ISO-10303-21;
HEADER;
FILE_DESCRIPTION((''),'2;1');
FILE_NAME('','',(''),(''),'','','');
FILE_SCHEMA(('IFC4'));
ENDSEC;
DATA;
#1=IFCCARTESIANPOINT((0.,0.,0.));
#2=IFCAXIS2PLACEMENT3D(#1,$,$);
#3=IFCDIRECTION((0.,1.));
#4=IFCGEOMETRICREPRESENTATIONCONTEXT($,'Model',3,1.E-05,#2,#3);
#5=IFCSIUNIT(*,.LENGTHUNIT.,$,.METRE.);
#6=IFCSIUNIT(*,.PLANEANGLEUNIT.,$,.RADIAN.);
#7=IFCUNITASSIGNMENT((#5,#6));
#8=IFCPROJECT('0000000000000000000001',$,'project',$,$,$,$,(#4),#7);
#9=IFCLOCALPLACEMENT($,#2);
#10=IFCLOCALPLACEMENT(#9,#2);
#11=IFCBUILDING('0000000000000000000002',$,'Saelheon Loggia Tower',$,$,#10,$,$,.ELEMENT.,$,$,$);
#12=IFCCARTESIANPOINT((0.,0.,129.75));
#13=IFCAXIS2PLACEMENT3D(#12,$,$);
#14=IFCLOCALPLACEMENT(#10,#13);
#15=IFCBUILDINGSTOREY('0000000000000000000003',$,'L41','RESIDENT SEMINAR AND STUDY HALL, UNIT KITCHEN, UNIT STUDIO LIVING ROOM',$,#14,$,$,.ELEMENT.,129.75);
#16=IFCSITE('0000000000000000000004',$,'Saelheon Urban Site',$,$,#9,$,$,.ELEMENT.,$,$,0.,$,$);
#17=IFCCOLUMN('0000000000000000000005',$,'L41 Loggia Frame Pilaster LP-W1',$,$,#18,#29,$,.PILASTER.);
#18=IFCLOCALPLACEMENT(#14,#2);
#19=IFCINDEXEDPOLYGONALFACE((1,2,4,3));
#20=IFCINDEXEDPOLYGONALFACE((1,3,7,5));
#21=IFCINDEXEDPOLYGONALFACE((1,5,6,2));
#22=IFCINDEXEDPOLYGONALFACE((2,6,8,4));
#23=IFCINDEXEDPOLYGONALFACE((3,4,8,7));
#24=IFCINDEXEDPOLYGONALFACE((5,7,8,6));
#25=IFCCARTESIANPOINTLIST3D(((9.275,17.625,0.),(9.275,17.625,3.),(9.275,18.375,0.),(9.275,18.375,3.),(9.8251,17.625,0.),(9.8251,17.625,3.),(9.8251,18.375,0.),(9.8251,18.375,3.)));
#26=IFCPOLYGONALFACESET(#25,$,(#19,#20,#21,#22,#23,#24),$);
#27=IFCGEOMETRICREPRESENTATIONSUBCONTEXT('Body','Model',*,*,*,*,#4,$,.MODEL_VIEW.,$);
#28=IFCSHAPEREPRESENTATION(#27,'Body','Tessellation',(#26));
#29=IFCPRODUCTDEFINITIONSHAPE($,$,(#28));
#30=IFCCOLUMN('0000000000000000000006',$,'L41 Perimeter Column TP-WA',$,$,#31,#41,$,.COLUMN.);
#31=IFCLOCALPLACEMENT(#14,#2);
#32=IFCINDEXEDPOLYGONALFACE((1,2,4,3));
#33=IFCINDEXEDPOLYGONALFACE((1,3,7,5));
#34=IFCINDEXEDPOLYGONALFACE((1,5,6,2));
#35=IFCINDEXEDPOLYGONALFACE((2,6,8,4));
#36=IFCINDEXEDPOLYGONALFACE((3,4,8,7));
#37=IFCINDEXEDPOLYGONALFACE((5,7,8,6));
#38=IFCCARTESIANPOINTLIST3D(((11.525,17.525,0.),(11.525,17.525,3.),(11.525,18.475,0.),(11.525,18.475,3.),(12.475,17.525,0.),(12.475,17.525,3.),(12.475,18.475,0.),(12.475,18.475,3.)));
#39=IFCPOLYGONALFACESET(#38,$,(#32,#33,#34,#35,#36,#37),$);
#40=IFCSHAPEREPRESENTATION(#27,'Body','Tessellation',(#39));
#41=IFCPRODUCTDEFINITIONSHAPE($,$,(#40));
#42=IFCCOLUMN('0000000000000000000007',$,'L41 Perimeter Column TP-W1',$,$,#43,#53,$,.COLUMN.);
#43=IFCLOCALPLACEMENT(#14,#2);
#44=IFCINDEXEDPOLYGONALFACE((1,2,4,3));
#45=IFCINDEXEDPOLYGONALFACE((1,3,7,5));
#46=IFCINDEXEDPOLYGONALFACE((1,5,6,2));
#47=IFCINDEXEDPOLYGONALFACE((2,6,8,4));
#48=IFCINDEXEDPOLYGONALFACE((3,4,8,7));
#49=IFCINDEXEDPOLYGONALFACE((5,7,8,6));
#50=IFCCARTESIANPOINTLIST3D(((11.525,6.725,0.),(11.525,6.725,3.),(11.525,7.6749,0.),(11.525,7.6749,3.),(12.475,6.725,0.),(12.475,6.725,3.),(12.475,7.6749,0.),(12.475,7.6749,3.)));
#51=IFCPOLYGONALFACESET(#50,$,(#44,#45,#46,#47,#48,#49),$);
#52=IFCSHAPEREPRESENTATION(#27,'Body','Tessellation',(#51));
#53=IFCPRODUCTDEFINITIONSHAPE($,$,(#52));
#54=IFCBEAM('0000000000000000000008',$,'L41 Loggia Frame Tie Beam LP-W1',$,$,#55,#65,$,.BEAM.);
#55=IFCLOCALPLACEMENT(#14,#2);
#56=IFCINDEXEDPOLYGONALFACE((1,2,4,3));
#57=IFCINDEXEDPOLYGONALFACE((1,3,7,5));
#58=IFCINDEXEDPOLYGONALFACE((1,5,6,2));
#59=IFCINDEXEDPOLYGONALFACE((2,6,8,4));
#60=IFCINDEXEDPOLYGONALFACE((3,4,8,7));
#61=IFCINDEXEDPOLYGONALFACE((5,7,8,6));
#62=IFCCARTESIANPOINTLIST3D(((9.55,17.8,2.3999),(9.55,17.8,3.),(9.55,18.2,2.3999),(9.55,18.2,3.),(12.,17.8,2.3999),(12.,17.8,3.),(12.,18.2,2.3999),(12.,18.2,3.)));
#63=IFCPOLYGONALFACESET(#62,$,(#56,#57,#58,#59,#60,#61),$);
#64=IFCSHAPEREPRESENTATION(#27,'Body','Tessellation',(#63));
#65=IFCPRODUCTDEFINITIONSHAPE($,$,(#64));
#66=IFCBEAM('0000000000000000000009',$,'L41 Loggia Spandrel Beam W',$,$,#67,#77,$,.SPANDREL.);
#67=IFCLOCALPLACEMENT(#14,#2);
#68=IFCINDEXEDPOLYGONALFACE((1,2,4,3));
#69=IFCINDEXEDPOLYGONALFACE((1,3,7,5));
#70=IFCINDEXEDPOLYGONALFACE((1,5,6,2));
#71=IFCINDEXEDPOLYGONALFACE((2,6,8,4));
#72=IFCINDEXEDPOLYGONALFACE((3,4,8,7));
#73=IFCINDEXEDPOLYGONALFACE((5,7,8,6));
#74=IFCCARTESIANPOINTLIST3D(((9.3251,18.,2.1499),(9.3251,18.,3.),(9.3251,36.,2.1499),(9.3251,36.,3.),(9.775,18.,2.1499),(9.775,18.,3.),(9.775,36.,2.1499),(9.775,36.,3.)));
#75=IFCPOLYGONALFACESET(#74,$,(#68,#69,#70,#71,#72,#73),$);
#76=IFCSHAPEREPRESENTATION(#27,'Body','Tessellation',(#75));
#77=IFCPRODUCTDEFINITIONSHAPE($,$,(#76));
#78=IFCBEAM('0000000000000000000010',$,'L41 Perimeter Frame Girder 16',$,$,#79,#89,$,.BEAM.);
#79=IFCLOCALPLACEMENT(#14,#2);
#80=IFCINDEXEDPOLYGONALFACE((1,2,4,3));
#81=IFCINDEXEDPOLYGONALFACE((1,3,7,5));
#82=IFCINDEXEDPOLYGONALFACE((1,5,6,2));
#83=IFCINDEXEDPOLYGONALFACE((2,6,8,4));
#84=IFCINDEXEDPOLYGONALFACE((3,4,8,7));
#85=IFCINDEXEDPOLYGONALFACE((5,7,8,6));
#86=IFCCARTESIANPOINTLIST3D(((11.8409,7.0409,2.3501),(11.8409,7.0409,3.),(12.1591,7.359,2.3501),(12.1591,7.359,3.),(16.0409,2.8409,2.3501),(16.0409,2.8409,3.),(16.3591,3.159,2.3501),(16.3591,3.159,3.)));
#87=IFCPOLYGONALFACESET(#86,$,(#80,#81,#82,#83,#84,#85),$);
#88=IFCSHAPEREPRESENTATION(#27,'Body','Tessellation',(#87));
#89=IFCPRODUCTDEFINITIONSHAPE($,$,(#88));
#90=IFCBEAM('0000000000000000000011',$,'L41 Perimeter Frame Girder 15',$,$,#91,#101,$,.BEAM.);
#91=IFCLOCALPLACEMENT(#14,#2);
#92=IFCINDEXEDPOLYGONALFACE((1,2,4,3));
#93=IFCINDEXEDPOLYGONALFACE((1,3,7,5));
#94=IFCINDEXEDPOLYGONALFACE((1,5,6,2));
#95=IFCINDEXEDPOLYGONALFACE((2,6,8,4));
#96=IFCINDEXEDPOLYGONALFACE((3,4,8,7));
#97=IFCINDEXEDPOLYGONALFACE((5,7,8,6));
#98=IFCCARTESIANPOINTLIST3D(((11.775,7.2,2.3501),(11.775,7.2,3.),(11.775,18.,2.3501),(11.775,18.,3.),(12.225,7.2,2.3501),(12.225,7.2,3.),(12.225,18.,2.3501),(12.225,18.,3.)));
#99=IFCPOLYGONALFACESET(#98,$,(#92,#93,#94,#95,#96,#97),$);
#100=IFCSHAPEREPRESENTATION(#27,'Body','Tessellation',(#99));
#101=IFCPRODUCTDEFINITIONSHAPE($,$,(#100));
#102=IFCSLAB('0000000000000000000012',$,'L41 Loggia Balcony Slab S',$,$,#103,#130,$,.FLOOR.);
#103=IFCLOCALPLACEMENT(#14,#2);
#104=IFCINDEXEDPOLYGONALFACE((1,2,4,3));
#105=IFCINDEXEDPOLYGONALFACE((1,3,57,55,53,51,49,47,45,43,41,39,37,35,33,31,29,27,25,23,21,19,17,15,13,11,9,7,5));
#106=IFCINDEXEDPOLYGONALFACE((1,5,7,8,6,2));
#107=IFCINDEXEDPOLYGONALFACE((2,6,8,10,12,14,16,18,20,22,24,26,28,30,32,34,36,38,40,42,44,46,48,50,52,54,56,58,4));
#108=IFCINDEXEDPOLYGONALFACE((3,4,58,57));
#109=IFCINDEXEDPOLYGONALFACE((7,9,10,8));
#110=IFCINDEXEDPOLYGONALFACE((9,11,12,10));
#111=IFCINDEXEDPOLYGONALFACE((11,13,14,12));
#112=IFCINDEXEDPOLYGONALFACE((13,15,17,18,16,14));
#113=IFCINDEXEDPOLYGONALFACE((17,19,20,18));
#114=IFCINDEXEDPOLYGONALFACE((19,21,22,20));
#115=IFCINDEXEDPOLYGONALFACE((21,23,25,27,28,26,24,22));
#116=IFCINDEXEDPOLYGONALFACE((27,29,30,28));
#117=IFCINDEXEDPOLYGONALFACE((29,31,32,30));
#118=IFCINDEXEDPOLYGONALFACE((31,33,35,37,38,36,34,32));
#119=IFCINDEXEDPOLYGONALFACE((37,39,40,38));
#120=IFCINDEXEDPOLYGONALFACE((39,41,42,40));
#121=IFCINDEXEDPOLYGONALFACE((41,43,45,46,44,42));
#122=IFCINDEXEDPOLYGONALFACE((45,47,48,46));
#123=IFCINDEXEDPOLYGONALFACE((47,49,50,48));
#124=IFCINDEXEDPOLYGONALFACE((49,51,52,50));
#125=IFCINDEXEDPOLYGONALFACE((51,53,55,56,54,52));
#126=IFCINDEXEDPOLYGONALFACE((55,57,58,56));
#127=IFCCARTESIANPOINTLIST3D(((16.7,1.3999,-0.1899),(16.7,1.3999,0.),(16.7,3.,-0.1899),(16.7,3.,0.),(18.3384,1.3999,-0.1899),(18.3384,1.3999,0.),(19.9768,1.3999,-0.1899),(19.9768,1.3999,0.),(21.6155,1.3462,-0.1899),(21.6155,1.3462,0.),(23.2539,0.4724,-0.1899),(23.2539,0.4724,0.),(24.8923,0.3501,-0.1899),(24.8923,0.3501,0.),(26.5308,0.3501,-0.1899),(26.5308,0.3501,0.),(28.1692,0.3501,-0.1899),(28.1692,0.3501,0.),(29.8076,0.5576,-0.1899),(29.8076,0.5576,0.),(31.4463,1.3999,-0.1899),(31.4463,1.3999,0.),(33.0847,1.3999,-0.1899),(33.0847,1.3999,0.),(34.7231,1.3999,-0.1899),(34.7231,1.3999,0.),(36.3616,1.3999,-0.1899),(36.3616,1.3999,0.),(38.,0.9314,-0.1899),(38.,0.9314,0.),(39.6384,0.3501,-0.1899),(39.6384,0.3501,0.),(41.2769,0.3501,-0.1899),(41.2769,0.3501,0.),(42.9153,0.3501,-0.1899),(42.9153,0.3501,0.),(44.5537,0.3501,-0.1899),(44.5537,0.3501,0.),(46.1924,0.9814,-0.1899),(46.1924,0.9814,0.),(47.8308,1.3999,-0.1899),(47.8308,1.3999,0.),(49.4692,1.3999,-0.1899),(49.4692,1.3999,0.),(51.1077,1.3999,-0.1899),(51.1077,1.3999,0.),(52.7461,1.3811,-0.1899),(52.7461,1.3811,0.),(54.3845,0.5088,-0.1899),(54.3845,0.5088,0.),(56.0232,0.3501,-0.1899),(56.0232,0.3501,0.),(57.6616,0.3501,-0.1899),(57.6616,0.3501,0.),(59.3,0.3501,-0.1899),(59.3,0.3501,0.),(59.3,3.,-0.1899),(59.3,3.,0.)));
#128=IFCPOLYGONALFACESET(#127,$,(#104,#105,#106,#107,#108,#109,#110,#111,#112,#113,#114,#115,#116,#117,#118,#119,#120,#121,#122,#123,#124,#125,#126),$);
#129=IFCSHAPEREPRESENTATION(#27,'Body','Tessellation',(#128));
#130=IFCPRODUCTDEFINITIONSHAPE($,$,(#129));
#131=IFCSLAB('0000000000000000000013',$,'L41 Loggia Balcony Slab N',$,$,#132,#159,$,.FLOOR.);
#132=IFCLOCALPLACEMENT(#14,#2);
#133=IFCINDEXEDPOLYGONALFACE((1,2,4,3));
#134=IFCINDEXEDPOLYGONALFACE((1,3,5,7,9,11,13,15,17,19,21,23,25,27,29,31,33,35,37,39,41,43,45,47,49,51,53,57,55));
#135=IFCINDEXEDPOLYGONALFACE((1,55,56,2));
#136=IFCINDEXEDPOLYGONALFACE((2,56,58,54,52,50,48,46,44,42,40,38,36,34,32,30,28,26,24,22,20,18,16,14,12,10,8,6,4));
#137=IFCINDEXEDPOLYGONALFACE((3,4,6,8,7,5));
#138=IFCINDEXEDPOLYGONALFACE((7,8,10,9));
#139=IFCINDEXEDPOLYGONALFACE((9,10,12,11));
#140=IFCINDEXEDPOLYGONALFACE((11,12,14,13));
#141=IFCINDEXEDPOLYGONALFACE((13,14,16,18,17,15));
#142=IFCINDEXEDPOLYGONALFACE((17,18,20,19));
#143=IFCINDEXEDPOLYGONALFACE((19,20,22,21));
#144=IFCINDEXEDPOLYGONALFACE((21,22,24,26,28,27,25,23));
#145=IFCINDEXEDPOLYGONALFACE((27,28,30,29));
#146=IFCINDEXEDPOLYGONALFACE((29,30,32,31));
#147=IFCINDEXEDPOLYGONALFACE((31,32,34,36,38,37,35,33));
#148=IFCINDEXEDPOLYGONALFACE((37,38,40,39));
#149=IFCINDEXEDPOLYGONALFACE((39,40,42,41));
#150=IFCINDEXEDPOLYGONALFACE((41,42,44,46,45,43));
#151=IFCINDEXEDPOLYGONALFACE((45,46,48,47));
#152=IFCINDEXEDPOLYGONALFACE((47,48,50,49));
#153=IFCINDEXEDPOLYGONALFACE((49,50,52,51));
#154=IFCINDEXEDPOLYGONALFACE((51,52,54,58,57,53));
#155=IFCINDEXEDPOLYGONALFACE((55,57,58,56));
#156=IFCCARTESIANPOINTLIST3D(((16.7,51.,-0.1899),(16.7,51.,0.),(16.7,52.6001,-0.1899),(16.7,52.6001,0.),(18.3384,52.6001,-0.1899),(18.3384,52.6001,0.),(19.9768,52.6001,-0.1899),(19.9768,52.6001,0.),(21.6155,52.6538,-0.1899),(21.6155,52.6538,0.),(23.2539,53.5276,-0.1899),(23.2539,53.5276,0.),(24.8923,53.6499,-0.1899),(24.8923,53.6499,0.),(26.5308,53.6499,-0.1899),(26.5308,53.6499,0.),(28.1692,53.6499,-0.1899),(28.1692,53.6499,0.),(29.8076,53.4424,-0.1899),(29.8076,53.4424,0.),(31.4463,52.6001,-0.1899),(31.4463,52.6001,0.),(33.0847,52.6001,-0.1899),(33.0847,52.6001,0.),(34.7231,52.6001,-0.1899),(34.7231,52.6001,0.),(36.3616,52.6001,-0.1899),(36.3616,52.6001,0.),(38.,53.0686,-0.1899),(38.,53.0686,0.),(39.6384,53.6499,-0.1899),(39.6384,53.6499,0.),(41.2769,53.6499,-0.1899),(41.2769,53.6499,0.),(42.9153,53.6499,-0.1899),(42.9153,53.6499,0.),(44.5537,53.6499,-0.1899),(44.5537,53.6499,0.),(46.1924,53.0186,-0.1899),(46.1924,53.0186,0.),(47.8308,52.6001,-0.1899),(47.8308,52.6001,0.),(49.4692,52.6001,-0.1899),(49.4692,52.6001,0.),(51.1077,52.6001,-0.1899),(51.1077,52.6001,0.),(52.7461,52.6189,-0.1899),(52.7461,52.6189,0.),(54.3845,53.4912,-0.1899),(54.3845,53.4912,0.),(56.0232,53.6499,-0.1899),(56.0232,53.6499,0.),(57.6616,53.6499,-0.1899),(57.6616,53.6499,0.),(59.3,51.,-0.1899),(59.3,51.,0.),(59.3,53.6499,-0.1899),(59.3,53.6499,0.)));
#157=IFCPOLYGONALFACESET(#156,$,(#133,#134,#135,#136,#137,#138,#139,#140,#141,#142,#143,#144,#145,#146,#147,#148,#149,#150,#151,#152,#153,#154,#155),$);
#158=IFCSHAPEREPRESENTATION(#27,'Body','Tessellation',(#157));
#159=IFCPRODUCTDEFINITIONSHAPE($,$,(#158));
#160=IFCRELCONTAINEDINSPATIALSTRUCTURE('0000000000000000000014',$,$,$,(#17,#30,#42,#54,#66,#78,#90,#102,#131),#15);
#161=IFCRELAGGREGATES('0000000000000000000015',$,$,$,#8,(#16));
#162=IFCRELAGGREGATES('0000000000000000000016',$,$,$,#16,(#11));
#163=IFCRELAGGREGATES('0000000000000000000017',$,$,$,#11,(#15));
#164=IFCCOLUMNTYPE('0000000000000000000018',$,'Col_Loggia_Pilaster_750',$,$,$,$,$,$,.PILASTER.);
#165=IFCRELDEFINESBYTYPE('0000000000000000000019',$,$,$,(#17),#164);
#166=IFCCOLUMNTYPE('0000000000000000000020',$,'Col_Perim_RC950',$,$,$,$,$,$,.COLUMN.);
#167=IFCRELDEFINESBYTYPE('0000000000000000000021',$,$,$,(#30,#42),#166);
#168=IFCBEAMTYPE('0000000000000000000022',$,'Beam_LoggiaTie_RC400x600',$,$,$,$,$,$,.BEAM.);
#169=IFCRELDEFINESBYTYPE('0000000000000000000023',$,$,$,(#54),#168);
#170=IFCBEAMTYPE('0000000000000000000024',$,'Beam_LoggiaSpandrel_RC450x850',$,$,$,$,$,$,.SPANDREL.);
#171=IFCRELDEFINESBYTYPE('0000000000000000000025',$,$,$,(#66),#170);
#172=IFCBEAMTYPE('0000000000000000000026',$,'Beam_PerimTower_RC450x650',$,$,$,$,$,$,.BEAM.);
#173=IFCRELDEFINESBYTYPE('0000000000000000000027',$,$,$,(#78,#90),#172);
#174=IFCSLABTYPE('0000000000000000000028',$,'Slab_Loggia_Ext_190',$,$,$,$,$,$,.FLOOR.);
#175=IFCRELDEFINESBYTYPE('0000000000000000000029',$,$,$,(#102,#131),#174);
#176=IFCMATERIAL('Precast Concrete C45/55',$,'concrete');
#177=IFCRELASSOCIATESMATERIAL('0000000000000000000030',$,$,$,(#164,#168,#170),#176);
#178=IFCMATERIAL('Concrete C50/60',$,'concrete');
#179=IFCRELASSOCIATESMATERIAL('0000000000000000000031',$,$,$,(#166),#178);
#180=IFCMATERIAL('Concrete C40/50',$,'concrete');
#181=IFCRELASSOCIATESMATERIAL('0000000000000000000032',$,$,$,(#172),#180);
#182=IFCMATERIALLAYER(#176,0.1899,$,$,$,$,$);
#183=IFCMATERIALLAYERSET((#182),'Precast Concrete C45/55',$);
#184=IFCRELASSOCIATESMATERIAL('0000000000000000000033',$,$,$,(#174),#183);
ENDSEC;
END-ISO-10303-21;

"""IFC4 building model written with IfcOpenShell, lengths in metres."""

from ifc_helpers import new_model, si_unit, direction, frame, origin, origin_2d, place, context, subcontext, project, spatial, polyline, rectangle, outline, extrude, source, transform, mapped, material, layer, layer_set, material_profile, profile_set, type_object, element, save


model = new_model("IFC4")

# Units and contexts
model_context = context("Model", 3, precision=1e-05, world=origin(), true_north=direction((0.0, 1.0)))
body_context = subcontext(model_context, "Body", "Model", "MODEL_VIEW")
ifc_project = project(units=[si_unit("LENGTHUNIT", "METRE"), si_unit("PLANEANGLEUNIT", "RADIAN")], contexts=[model_context])

# Site, building, storey
site_placement = place(None, origin())
site = spatial("IfcSite", under=ifc_project, at=site_placement, Name="Saelheon Urban Site", CompositionType="ELEMENT", RefElevation=0.0)
building_placement = place(site_placement, origin())
building = spatial("IfcBuilding", under=site, at=building_placement, Name="Saelheon Loggia Tower", CompositionType="ELEMENT")
storey_placement = place(building_placement, frame((0.0, 0.0, 129.75)))
storey = spatial("IfcBuildingStorey", under=building, at=storey_placement, Name="L41", Description="RESIDENT SEMINAR AND STUDY HALL, UNIT KITCHEN, UNIT STUDIO LIVING ROOM", CompositionType="ELEMENT", Elevation=129.75)

# Columns
ifc_material_1 = material(Name="Precast Concrete C45/55", Category="concrete")
ifc_material_profile_1 = material_profile(ifc_material_1, rectangle(XDim=0.55, YDim=0.75, at=origin_2d()), Name="RC-550x750")
ifc_profile_set_1 = profile_set([ifc_material_profile_1], Name="Precast Concrete C45/55")
column_type_1 = type_object("IfcColumnType", Name="Col_Loggia_Pilaster_750", PredefinedType="PILASTER", material=ifc_profile_set_1)
shared_shape_1 = source(origin(), body_context, "Body", "SweptSolid", [
    extrude(rectangle(XDim=0.55, YDim=0.75, at=origin_2d()), origin(), (0.0, 0.0, 1.0), 3.0),
])
column_placement = place(storey_placement, frame((9.55, 18.0, 0.0), z_axis=(0.0, 0.0, 1.0), x_axis=(1.0, 0.0, 0.0)))
element("IfcColumn", 1, at=column_placement, inside=storey, type_object=column_type_1, Name="L41 Loggia Frame Pilaster LP-W1", PredefinedType="PILASTER", context=body_context, shape_type="MappedRepresentation", body=[
    mapped(shared_shape_1, transform((0.0, 0.0, 0.0), scale=1.0)),
])
ifc_material_2 = material(Name="Concrete C50/60", Category="concrete")
ifc_material_profile_2 = material_profile(ifc_material_2, rectangle(XDim=0.95, YDim=0.95, at=origin_2d()), Name="RC-950x950")
ifc_profile_set_2 = profile_set([ifc_material_profile_2], Name="Concrete C50/60")
column_type_2 = type_object("IfcColumnType", Name="Col_Perim_RC950", PredefinedType="COLUMN", material=ifc_profile_set_2)
shared_shape_2 = source(origin(), body_context, "Body", "SweptSolid", [
    extrude(rectangle(XDim=0.95, YDim=0.95, at=origin_2d()), origin(), (0.0, 0.0, 1.0), 3.0),
])
for number, where, z_axis, x_axis, name in (
    (2, (12.0, 18.0, 0.0), (0.0, 0.0, 1.0), (1.0, 0.0, 0.0), "L41 Perimeter Column TP-WA"),
    (3, (12.0, 7.2, 0.0), (0.0, 0.0, 1.0), (1.0, 0.0, 0.0), "L41 Perimeter Column TP-W1"),
):
    element("IfcColumn", number, at=place(storey_placement, frame(where, z_axis=z_axis, x_axis=x_axis)), inside=storey, type_object=column_type_2, Name=name, PredefinedType="COLUMN", context=body_context, shape_type="MappedRepresentation", body=[
        mapped(shared_shape_2, transform((0.0, 0.0, 0.0), scale=1.0)),
    ])

# Beams
ifc_material_profile_3 = material_profile(ifc_material_1, rectangle(XDim=0.3999, YDim=0.6001, at=origin_2d()), Name="RC-400x600")
ifc_profile_set_3 = profile_set([ifc_material_profile_3], Name="Precast Concrete C45/55")
beam_type_1 = type_object("IfcBeamType", Name="Beam_LoggiaTie_RC400x600", PredefinedType="BEAM", material=ifc_profile_set_3)
shared_shape_3 = source(origin(), body_context, "Body", "SweptSolid", [
    extrude(rectangle(XDim=0.3999, YDim=0.6001, at=origin_2d()), origin(), (0.0, 0.0, 1.0), 2.45),
])
beam_1_placement = place(storey_placement, frame((12.0, 18.0, 2.7), z_axis=(-1.0, 0.0, 0.0), x_axis=(0.0, -1.0, 0.0)))
element("IfcBeam", 4, at=beam_1_placement, inside=storey, type_object=beam_type_1, Name="L41 Loggia Frame Tie Beam LP-W1", PredefinedType="BEAM", context=body_context, shape_type="MappedRepresentation", body=[
    mapped(shared_shape_3, transform((0.0, 0.0, 0.0), scale=1.0)),
])
ifc_material_profile_4 = material_profile(ifc_material_1, rectangle(XDim=0.45, YDim=0.8501, at=origin_2d()), Name="RC-450x850")
ifc_profile_set_4 = profile_set([ifc_material_profile_4], Name="Precast Concrete C45/55")
beam_type_2 = type_object("IfcBeamType", Name="Beam_LoggiaSpandrel_RC450x850", PredefinedType="SPANDREL", material=ifc_profile_set_4)
shared_shape_4 = source(origin(), body_context, "Body", "SweptSolid", [
    extrude(rectangle(XDim=0.45, YDim=0.8501, at=origin_2d()), origin(), (0.0, 0.0, 1.0), 18.0),
])
beam_2_placement = place(storey_placement, frame((9.55, 18.0, 2.575), z_axis=(0.0, 1.0, 0.0), x_axis=(-1.0, 0.0, 0.0)))
element("IfcBeam", 5, at=beam_2_placement, inside=storey, type_object=beam_type_2, Name="L41 Loggia Spandrel Beam W", PredefinedType="SPANDREL", context=body_context, shape_type="MappedRepresentation", body=[
    mapped(shared_shape_4, transform((0.0, 0.0, 0.0), scale=1.0)),
])
ifc_material_3 = material(Name="Concrete C40/50", Category="concrete")
ifc_material_profile_5 = material_profile(ifc_material_3, rectangle(XDim=0.45, YDim=0.6499, at=origin_2d()), Name="RC-450x650")
ifc_profile_set_5 = profile_set([ifc_material_profile_5], Name="Concrete C40/50")
beam_type_3 = type_object("IfcBeamType", Name="Beam_PerimTower_RC450x650", PredefinedType="BEAM", material=ifc_profile_set_5)
shared_shape_5 = source(origin(), body_context, "Body", "SweptSolid", [
    extrude(rectangle(XDim=0.45, YDim=0.6499, at=origin_2d()), origin(), (0.0, 0.0, 1.0), 5.9397),
])
beam_3_placement = place(storey_placement, frame((12.0, 7.2, 2.675), z_axis=(0.707107, -0.707107, 0.0), x_axis=(0.707107, 0.707107, 0.0)))
element("IfcBeam", 6, at=beam_3_placement, inside=storey, type_object=beam_type_3, Name="L41 Perimeter Frame Girder 16", PredefinedType="BEAM", context=body_context, shape_type="MappedRepresentation", body=[
    mapped(shared_shape_5, transform((0.0, 0.0, 0.0), scale=1.0)),
])
shared_shape_6 = source(origin(), body_context, "Body", "SweptSolid", [
    extrude(rectangle(XDim=0.45, YDim=0.6499, at=origin_2d()), origin(), (0.0, 0.0, 1.0), 10.8),
])
beam_4_placement = place(storey_placement, frame((12.0, 18.0, 2.675), z_axis=(0.0, -1.0, 0.0), x_axis=(1.0, 0.0, 0.0)))
element("IfcBeam", 7, at=beam_4_placement, inside=storey, type_object=beam_type_3, Name="L41 Perimeter Frame Girder 15", PredefinedType="BEAM", context=body_context, shape_type="MappedRepresentation", body=[
    mapped(shared_shape_6, transform((0.0, 0.0, 0.0), scale=1.0)),
])

# Slabs
ifc_layer_1 = layer(ifc_material_1, 0.1899)
ifc_layer_set_1 = layer_set([ifc_layer_1], Name="Precast Concrete C45/55")
slab_type_1 = type_object("IfcSlabType", Name="Slab_Loggia_Ext_190", PredefinedType="FLOOR", material=ifc_layer_set_1)
slab_1_placement = place(storey_placement, frame((0.0, 0.0, -0.1899)))
element("IfcSlab", 8, at=slab_1_placement, inside=storey, type_object=slab_type_1, Name="L41 Loggia Balcony Slab S", PredefinedType="FLOOR", context=body_context, shape_type="SweptSolid", body=[
    extrude(outline(polyline([(16.7, 1.3999), (18.3384, 1.3999), (19.9768, 1.3999), (21.6155, 1.3462), (23.2539, 0.4724), (24.8923, 0.3501), (26.5308, 0.3501), (28.1692, 0.3501), (29.8076, 0.5576), (31.4463, 1.3999), (33.0847, 1.3999), (34.7231, 1.3999), (36.3616, 1.3999), (38.0, 0.9314), (39.6384, 0.3501), (41.2769, 0.3501), (42.9153, 0.3501), (44.5537, 0.3501), (46.1924, 0.9814), (47.8308, 1.3999), (49.4692, 1.3999), (51.1077, 1.3999), (52.7461, 1.3811), (54.3845, 0.5088), (56.0232, 0.3501), (57.6616, 0.3501), (59.3, 0.3501), (59.3, 3.0), (16.7, 3.0), (16.7, 1.3999)])), origin(), (0.0, 0.0, 1.0), 0.1899),
])
slab_2_placement = place(storey_placement, frame((0.0, 0.0, -0.1899)))
element("IfcSlab", 9, at=slab_2_placement, inside=storey, type_object=slab_type_1, Name="L41 Loggia Balcony Slab N", PredefinedType="FLOOR", context=body_context, shape_type="SweptSolid", body=[
    extrude(outline(polyline([(16.7, 51.0), (59.3, 51.0), (59.3, 53.6499), (57.6616, 53.6499), (56.0232, 53.6499), (54.3845, 53.4912), (52.7461, 52.6189), (51.1077, 52.6001), (49.4692, 52.6001), (47.8308, 52.6001), (46.1924, 53.0186), (44.5537, 53.6499), (42.9153, 53.6499), (41.2769, 53.6499), (39.6384, 53.6499), (38.0, 53.0686), (36.3616, 52.6001), (34.7231, 52.6001), (33.0847, 52.6001), (31.4463, 52.6001), (29.8076, 53.4424), (28.1692, 53.6499), (26.5308, 53.6499), (24.8923, 53.6499), (23.2539, 53.5276), (21.6155, 52.6538), (19.9768, 52.6001), (18.3384, 52.6001), (16.7, 52.6001), (16.7, 51.0)])), origin(), (0.0, 0.0, 1.0), 0.1899),
])

save(model, "model.ifc")
